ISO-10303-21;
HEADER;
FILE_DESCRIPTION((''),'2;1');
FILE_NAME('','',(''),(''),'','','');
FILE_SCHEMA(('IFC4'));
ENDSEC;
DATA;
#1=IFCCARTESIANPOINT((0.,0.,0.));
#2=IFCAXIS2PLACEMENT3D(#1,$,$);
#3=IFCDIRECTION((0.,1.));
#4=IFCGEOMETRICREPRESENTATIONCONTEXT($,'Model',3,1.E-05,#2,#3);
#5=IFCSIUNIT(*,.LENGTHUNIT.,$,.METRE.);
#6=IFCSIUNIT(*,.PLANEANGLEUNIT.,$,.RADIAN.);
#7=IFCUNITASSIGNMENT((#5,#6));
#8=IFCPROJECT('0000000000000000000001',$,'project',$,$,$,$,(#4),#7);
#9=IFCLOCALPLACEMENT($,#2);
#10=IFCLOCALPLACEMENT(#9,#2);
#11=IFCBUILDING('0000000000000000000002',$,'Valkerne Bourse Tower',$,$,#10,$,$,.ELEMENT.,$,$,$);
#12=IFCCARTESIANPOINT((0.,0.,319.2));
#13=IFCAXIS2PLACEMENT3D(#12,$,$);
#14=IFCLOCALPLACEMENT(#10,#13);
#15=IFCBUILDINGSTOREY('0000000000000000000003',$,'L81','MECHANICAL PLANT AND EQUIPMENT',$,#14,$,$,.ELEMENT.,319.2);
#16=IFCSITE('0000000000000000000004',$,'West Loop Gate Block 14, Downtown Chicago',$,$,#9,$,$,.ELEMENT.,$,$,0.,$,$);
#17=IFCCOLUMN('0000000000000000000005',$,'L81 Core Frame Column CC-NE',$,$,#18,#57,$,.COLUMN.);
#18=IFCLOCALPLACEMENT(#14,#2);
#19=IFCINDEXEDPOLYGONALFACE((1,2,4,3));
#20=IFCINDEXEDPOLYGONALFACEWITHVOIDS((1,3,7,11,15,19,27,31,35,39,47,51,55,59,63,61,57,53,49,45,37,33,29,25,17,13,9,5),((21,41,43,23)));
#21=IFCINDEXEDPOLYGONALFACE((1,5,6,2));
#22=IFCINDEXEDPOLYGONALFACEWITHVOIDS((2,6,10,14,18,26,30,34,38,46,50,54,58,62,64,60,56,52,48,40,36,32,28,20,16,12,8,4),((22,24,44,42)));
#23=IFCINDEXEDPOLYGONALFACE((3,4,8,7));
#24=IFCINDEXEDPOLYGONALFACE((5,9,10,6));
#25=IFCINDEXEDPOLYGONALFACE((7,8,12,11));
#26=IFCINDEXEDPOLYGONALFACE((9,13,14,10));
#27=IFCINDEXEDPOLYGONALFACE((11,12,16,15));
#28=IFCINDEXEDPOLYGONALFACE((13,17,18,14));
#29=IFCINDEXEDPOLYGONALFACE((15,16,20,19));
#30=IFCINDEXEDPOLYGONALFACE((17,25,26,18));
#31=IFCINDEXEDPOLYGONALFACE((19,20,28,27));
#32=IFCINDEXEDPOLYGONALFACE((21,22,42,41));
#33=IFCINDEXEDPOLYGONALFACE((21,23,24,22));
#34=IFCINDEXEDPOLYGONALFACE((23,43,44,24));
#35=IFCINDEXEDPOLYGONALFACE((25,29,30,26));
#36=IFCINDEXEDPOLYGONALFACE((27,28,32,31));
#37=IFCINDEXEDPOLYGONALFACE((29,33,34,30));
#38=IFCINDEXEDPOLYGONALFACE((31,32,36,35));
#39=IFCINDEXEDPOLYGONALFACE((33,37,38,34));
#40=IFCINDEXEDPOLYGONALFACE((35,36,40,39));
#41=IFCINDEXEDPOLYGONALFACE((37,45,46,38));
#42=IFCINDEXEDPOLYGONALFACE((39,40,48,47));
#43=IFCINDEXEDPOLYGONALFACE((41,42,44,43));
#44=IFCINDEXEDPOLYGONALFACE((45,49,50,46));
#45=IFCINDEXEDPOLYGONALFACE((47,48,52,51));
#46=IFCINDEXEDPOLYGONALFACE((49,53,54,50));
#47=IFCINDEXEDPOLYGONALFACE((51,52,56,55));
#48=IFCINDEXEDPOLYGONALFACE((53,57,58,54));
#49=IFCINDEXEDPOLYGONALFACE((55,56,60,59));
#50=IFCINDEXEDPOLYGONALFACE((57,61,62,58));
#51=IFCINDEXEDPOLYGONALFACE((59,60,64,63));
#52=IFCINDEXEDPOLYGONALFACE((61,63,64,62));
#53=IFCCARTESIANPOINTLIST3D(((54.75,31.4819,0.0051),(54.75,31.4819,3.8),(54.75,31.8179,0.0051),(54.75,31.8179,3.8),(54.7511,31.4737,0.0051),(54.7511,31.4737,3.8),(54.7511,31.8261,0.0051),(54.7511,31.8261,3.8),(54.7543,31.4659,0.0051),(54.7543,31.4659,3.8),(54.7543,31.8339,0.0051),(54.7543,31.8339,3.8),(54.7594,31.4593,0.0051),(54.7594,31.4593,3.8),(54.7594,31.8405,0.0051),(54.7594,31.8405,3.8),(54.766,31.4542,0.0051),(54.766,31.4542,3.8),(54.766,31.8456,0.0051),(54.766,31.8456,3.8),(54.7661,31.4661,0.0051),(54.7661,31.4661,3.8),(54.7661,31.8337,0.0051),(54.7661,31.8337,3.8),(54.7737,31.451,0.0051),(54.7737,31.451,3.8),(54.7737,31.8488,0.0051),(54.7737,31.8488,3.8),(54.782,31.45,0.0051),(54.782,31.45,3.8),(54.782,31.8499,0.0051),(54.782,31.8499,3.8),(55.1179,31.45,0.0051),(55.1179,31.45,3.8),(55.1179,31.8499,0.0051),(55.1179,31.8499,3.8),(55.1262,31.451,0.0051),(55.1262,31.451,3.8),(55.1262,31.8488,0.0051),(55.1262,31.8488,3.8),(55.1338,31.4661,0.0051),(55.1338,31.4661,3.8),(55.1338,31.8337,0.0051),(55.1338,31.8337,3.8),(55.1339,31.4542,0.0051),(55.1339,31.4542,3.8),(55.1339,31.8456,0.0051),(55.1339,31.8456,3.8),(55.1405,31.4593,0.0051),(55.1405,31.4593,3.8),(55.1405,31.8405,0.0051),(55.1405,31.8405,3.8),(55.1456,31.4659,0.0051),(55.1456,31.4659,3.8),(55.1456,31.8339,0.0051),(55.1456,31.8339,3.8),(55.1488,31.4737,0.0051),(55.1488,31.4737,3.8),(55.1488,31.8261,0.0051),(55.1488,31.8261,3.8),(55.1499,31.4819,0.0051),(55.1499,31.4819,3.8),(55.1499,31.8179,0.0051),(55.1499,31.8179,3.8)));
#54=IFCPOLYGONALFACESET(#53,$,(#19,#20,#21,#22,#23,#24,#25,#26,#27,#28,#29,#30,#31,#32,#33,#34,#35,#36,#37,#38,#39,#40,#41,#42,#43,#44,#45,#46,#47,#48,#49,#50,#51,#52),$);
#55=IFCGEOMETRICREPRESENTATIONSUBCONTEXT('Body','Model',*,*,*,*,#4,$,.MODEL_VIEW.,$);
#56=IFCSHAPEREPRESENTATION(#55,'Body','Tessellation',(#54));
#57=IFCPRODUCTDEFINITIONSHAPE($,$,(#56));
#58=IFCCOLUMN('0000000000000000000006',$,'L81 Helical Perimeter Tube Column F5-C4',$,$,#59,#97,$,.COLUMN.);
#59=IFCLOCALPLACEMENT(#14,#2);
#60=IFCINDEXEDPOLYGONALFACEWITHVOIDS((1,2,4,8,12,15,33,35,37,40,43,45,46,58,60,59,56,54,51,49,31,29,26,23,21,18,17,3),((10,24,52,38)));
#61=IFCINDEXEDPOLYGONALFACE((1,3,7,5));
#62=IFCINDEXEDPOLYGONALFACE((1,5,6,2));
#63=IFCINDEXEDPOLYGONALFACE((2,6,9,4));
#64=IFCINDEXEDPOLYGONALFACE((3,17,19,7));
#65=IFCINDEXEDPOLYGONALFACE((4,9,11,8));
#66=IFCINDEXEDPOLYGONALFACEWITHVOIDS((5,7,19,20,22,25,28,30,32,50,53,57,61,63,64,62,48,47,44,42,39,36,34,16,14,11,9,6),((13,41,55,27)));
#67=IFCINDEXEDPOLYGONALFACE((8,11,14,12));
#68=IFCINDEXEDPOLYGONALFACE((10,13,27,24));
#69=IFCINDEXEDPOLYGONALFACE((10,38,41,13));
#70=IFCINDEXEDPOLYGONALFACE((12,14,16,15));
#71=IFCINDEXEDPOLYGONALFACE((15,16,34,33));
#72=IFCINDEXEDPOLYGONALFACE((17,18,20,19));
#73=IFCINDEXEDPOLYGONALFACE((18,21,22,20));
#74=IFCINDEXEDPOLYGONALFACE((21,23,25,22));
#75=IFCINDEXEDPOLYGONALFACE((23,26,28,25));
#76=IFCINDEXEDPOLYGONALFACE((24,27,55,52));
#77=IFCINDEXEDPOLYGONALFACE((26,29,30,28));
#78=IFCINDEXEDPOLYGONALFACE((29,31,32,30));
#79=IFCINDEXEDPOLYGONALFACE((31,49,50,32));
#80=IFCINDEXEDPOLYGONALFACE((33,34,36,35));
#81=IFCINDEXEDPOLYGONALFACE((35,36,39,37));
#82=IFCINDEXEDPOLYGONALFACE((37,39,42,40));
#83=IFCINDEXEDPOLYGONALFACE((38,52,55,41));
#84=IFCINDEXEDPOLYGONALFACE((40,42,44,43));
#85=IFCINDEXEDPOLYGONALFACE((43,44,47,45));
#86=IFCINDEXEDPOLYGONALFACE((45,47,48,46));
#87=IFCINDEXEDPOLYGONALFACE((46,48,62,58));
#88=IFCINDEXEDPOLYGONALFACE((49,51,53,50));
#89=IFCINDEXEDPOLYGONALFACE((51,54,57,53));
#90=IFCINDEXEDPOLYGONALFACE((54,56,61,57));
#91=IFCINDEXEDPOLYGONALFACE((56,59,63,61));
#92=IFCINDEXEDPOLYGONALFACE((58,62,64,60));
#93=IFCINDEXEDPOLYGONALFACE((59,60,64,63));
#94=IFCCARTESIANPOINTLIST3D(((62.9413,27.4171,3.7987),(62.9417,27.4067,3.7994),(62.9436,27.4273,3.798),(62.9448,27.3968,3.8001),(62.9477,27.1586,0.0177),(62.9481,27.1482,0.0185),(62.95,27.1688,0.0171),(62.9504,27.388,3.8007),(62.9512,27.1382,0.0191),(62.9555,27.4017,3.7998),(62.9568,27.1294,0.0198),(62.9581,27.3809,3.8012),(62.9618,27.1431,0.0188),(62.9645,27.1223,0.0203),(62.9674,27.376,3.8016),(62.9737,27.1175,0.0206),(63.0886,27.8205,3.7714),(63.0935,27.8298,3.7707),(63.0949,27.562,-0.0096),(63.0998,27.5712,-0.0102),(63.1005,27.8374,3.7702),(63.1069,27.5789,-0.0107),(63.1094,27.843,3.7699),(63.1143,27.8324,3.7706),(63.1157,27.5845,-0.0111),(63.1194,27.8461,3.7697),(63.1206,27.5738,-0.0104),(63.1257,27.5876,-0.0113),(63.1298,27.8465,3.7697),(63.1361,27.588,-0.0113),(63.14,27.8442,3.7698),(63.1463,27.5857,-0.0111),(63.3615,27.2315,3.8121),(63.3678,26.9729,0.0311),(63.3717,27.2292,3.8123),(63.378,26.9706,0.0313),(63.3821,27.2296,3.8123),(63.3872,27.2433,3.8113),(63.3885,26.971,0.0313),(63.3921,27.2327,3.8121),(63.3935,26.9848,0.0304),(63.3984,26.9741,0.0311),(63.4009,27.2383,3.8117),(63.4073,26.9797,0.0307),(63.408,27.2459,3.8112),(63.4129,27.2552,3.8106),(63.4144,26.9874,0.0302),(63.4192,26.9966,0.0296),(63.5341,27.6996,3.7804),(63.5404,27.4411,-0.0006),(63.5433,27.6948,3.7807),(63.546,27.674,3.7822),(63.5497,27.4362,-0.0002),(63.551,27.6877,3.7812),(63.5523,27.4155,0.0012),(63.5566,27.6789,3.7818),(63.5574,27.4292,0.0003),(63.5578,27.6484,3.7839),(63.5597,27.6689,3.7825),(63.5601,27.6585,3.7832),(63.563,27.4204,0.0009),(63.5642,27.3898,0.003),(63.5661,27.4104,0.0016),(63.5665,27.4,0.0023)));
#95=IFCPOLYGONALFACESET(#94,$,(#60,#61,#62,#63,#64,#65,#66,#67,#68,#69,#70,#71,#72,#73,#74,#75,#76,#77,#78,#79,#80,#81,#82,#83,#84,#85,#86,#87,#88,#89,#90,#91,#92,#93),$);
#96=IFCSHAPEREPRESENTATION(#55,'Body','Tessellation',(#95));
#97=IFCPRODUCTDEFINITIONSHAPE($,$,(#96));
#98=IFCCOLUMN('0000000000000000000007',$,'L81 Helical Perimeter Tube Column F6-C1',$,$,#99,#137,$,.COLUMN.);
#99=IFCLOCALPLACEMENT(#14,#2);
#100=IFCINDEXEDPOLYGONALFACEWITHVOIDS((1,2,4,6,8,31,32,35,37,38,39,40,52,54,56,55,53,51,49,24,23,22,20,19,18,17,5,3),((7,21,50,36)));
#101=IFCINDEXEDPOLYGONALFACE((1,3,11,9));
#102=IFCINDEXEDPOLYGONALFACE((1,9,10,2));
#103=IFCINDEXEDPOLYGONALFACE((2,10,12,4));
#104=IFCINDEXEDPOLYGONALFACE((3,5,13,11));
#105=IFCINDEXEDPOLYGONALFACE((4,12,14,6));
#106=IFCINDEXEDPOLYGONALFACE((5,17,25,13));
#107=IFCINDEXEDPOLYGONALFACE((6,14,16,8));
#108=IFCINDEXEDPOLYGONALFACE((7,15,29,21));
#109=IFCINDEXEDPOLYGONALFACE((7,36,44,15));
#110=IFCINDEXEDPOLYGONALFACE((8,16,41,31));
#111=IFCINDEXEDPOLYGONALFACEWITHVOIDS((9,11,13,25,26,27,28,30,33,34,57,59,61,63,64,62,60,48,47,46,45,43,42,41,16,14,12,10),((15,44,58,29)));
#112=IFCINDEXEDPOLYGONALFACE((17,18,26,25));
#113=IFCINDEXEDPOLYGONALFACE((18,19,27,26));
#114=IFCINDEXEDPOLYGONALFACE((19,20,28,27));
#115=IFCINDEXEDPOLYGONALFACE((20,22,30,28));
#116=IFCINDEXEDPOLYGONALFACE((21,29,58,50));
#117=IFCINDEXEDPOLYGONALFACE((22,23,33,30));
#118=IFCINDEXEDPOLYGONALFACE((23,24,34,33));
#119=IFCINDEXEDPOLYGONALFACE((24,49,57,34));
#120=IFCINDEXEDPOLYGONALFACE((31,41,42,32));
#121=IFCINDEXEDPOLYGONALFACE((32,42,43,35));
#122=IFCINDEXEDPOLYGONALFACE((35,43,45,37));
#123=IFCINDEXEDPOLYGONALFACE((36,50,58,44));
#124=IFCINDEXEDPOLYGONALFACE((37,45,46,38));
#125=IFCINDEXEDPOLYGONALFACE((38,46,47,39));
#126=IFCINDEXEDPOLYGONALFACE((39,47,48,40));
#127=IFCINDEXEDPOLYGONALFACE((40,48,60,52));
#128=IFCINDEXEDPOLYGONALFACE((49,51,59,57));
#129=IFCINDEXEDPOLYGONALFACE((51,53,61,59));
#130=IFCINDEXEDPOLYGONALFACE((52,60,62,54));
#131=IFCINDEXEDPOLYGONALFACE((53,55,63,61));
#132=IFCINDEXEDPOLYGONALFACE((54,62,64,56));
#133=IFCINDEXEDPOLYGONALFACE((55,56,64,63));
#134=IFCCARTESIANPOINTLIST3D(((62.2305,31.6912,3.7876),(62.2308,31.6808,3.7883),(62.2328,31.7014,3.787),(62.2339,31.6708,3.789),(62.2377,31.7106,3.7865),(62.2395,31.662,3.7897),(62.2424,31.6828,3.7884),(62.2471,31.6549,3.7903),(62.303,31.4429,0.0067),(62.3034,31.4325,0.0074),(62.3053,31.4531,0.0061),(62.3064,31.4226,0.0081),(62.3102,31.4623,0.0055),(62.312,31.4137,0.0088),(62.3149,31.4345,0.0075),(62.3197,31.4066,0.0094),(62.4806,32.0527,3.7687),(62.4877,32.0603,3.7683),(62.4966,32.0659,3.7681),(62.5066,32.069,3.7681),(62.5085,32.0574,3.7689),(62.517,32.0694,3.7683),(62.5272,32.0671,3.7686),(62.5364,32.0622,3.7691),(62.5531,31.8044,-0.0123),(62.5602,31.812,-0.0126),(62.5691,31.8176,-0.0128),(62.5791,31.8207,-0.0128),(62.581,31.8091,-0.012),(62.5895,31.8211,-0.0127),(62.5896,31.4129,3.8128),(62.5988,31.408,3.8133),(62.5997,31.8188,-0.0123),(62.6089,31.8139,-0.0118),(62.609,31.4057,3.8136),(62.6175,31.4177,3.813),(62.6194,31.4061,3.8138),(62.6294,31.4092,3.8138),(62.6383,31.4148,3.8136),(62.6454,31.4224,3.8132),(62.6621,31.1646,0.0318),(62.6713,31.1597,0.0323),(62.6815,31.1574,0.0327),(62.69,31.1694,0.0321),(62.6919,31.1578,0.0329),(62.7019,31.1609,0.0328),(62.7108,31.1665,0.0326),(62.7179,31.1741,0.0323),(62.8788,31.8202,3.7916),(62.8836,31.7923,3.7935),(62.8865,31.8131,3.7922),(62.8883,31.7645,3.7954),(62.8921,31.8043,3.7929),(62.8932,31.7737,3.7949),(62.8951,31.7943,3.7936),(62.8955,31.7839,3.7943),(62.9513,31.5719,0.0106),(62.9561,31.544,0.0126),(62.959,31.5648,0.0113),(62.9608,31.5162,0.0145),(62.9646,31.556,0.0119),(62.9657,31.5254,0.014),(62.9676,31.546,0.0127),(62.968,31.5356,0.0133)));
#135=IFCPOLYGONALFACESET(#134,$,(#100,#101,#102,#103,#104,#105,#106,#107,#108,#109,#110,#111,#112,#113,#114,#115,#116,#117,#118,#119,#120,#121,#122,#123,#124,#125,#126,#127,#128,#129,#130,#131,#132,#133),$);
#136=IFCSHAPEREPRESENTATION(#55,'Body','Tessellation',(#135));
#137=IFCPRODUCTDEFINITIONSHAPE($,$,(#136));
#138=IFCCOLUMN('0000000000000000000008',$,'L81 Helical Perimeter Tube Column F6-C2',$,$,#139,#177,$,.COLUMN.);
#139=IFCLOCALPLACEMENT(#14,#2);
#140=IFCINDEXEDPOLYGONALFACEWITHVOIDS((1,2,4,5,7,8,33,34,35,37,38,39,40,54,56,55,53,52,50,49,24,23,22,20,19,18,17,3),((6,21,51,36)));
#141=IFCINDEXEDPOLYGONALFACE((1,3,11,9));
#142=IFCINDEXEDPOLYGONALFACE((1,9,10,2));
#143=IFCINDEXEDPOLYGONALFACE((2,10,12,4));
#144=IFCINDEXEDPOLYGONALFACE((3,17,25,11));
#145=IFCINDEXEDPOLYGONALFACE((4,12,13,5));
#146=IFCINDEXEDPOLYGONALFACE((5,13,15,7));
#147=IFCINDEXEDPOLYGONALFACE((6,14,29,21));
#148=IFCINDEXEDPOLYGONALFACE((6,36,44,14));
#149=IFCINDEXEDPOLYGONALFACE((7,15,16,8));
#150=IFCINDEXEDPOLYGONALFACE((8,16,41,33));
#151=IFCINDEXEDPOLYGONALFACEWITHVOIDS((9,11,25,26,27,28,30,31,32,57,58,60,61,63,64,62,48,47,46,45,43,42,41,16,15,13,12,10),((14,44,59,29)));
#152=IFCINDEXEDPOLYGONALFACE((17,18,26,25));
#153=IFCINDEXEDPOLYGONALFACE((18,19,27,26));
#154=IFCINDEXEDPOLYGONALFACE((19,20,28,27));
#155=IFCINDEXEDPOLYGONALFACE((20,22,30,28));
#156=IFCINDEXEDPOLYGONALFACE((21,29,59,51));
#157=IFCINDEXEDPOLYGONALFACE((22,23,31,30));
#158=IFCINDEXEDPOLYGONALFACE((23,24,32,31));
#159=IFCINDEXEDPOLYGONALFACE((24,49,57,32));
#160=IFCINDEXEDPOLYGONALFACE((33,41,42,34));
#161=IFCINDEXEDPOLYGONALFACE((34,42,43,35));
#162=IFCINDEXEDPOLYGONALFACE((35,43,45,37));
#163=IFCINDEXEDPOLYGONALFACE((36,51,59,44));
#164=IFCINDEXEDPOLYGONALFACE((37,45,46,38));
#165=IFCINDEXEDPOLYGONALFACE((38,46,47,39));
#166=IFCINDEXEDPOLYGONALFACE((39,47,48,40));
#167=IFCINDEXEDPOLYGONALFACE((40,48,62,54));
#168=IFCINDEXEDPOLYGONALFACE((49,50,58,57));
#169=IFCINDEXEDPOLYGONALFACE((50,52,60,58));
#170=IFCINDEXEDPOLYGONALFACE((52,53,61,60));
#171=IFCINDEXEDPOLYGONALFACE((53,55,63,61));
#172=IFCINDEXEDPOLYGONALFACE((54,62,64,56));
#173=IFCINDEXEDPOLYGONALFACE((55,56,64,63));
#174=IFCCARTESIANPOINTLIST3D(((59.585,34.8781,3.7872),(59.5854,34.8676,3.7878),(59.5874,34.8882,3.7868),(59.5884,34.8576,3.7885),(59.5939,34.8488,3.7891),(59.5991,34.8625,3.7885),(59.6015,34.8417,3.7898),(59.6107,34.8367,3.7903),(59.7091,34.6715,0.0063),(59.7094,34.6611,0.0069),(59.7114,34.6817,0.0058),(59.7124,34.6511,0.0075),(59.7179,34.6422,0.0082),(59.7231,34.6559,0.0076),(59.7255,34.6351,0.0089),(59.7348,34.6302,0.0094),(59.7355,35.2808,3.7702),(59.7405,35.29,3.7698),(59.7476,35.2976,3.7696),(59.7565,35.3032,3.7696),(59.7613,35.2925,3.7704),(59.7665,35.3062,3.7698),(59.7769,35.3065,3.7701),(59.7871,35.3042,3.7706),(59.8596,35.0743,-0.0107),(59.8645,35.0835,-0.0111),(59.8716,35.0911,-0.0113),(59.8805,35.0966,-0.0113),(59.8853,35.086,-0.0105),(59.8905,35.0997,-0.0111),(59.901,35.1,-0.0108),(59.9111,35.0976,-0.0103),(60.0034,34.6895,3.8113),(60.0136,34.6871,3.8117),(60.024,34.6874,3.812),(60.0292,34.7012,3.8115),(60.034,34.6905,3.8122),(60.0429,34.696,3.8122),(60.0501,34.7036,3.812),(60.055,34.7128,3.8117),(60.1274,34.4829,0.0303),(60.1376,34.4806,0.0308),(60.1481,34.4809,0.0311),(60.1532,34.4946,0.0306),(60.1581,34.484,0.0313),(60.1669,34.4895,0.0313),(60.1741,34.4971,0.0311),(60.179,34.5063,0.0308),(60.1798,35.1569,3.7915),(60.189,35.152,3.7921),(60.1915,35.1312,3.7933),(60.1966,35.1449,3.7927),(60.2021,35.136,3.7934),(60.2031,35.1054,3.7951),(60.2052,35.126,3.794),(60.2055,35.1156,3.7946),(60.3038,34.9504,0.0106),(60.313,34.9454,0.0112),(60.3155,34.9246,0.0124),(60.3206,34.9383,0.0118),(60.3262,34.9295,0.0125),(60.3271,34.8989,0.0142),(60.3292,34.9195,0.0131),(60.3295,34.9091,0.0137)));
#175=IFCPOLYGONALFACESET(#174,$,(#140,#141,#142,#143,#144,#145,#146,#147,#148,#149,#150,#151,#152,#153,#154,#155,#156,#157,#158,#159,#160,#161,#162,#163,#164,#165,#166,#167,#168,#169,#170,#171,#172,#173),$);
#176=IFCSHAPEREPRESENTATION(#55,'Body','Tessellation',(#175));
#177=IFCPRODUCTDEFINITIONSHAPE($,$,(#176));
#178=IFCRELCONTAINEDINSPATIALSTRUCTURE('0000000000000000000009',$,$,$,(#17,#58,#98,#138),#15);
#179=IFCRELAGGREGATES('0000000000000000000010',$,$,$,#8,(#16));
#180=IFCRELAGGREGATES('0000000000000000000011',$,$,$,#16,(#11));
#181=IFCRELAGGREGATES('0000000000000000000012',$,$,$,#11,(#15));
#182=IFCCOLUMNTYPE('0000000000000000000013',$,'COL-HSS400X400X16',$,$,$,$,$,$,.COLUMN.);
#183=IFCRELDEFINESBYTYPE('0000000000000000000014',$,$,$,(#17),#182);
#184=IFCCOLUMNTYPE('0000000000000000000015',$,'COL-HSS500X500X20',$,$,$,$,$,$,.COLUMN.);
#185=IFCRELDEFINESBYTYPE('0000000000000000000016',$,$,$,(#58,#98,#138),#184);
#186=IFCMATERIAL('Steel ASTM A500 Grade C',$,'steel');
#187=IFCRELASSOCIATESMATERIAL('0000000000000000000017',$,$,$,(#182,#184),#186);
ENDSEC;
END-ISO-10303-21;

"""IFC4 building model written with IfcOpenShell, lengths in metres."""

from ifc_helpers import new_model, si_unit, direction, frame, origin, origin_2d, place, context, subcontext, project, spatial, hollow_rectangle, extrude, material, material_profile, profile_set, type_object, element, save


model = new_model("IFC4")

# Units and contexts
model_context = context("Model", 3, precision=1e-05, world=origin(), true_north=direction((0.0, 1.0)))
body_context = subcontext(model_context, "Body", "Model", "MODEL_VIEW")
ifc_project = project(units=[si_unit("LENGTHUNIT", "METRE"), si_unit("PLANEANGLEUNIT", "RADIAN")], contexts=[model_context])

# Site, building, storey
site_placement = place(None, origin())
site = spatial("IfcSite", under=ifc_project, at=site_placement, Name="West Loop Gate Block 14, Downtown Chicago", CompositionType="ELEMENT", RefElevation=0.0)
building_placement = place(site_placement, origin())
building = spatial("IfcBuilding", under=site, at=building_placement, Name="Valkerne Bourse Tower", CompositionType="ELEMENT")
storey_placement = place(building_placement, frame((0.0, 0.0, 319.2)))
storey = spatial("IfcBuildingStorey", under=building, at=storey_placement, Name="L81", Description="MECHANICAL PLANT AND EQUIPMENT", CompositionType="ELEMENT", Elevation=319.2)

# Columns
ifc_material_1 = material(Name="Steel ASTM A500 Grade C", Category="steel")
ifc_material_profile_1 = material_profile(ifc_material_1, hollow_rectangle(XDim=0.3999, YDim=0.3999, WallThickness=0.0161, OuterFilletRadius=0.032, at=origin_2d()), Name="HSS400X400X16")
ifc_profile_set_1 = profile_set([ifc_material_profile_1], Name="Steel ASTM A500 Grade C")
column_type_1 = type_object("IfcColumnType", Name="COL-HSS400X400X16", PredefinedType="COLUMN", material=ifc_profile_set_1)
column_1_placement = place(storey_placement, frame((54.95, 31.6499, 0.0051), z_axis=(0.0, 0.0, 1.0), x_axis=(1.0, 0.0, 0.0)))
element("IfcColumn", 1, at=column_1_placement, inside=storey, type_object=column_type_1, Name="L81 Core Frame Column CC-NE", PredefinedType="COLUMN", context=body_context, shape_type="SweptSolid", body=[
    extrude(hollow_rectangle(XDim=0.3999, YDim=0.3999, WallThickness=0.0161, OuterFilletRadius=0.032, at=origin_2d()), origin(), (0.0, 0.0, 1.0), 3.7949),
])
ifc_material_profile_2 = material_profile(ifc_material_1, hollow_rectangle(XDim=0.5, YDim=0.5, WallThickness=0.02, OuterFilletRadius=0.04, at=origin_2d()), Name="HSS500X500X20")
ifc_profile_set_2 = profile_set([ifc_material_profile_2], Name="Steel ASTM A500 Grade C")
column_type_2 = type_object("IfcColumnType", Name="COL-HSS500X500X20", PredefinedType="COLUMN", material=ifc_profile_set_2)
for number, where, z_axis, x_axis, name in (
    (2, (63.2571, 27.2793, 0.01), (-0.001675, 0.068221, 0.997669), (-0.345246, -0.936365, 0.063449), "L81 Helical Perimeter Tube Column F5-C4"),
    (3, (62.6355, 31.4893, 0.01), (-0.019133, 0.065515, 0.997668), (0.81542, -0.576393, 0.053488), "L81 Helical Perimeter Tube Column F6-C1"),
):
    element("IfcColumn", number, at=place(storey_placement, frame(where, z_axis=z_axis, x_axis=x_axis)), inside=storey, type_object=column_type_2, Name=name, PredefinedType="COLUMN", context=body_context, shape_type="SweptSolid", body=[
        extrude(hollow_rectangle(XDim=0.5, YDim=0.5, WallThickness=0.02, OuterFilletRadius=0.04, at=origin_2d()), origin(), (0.0, 0.0, 1.0), 3.7898),
    ])
for number, where, z_axis, x_axis, name in (
    (4, (60.0193, 34.7903, 0.01), (-0.032735, 0.054516, 0.997976), (0.935143, -0.350749, 0.049834), "L81 Helical Perimeter Tube Column F6-C2"),
):
    element("IfcColumn", number, at=place(storey_placement, frame(where, z_axis=z_axis, x_axis=x_axis)), inside=storey, type_object=column_type_2, Name=name, PredefinedType="COLUMN", context=body_context, shape_type="SweptSolid", body=[
        extrude(hollow_rectangle(XDim=0.5, YDim=0.5, WallThickness=0.02, OuterFilletRadius=0.04, at=origin_2d()), origin(), (0.0, 0.0, 1.0), 3.7886),
    ])

save(model, "model.ifc")
